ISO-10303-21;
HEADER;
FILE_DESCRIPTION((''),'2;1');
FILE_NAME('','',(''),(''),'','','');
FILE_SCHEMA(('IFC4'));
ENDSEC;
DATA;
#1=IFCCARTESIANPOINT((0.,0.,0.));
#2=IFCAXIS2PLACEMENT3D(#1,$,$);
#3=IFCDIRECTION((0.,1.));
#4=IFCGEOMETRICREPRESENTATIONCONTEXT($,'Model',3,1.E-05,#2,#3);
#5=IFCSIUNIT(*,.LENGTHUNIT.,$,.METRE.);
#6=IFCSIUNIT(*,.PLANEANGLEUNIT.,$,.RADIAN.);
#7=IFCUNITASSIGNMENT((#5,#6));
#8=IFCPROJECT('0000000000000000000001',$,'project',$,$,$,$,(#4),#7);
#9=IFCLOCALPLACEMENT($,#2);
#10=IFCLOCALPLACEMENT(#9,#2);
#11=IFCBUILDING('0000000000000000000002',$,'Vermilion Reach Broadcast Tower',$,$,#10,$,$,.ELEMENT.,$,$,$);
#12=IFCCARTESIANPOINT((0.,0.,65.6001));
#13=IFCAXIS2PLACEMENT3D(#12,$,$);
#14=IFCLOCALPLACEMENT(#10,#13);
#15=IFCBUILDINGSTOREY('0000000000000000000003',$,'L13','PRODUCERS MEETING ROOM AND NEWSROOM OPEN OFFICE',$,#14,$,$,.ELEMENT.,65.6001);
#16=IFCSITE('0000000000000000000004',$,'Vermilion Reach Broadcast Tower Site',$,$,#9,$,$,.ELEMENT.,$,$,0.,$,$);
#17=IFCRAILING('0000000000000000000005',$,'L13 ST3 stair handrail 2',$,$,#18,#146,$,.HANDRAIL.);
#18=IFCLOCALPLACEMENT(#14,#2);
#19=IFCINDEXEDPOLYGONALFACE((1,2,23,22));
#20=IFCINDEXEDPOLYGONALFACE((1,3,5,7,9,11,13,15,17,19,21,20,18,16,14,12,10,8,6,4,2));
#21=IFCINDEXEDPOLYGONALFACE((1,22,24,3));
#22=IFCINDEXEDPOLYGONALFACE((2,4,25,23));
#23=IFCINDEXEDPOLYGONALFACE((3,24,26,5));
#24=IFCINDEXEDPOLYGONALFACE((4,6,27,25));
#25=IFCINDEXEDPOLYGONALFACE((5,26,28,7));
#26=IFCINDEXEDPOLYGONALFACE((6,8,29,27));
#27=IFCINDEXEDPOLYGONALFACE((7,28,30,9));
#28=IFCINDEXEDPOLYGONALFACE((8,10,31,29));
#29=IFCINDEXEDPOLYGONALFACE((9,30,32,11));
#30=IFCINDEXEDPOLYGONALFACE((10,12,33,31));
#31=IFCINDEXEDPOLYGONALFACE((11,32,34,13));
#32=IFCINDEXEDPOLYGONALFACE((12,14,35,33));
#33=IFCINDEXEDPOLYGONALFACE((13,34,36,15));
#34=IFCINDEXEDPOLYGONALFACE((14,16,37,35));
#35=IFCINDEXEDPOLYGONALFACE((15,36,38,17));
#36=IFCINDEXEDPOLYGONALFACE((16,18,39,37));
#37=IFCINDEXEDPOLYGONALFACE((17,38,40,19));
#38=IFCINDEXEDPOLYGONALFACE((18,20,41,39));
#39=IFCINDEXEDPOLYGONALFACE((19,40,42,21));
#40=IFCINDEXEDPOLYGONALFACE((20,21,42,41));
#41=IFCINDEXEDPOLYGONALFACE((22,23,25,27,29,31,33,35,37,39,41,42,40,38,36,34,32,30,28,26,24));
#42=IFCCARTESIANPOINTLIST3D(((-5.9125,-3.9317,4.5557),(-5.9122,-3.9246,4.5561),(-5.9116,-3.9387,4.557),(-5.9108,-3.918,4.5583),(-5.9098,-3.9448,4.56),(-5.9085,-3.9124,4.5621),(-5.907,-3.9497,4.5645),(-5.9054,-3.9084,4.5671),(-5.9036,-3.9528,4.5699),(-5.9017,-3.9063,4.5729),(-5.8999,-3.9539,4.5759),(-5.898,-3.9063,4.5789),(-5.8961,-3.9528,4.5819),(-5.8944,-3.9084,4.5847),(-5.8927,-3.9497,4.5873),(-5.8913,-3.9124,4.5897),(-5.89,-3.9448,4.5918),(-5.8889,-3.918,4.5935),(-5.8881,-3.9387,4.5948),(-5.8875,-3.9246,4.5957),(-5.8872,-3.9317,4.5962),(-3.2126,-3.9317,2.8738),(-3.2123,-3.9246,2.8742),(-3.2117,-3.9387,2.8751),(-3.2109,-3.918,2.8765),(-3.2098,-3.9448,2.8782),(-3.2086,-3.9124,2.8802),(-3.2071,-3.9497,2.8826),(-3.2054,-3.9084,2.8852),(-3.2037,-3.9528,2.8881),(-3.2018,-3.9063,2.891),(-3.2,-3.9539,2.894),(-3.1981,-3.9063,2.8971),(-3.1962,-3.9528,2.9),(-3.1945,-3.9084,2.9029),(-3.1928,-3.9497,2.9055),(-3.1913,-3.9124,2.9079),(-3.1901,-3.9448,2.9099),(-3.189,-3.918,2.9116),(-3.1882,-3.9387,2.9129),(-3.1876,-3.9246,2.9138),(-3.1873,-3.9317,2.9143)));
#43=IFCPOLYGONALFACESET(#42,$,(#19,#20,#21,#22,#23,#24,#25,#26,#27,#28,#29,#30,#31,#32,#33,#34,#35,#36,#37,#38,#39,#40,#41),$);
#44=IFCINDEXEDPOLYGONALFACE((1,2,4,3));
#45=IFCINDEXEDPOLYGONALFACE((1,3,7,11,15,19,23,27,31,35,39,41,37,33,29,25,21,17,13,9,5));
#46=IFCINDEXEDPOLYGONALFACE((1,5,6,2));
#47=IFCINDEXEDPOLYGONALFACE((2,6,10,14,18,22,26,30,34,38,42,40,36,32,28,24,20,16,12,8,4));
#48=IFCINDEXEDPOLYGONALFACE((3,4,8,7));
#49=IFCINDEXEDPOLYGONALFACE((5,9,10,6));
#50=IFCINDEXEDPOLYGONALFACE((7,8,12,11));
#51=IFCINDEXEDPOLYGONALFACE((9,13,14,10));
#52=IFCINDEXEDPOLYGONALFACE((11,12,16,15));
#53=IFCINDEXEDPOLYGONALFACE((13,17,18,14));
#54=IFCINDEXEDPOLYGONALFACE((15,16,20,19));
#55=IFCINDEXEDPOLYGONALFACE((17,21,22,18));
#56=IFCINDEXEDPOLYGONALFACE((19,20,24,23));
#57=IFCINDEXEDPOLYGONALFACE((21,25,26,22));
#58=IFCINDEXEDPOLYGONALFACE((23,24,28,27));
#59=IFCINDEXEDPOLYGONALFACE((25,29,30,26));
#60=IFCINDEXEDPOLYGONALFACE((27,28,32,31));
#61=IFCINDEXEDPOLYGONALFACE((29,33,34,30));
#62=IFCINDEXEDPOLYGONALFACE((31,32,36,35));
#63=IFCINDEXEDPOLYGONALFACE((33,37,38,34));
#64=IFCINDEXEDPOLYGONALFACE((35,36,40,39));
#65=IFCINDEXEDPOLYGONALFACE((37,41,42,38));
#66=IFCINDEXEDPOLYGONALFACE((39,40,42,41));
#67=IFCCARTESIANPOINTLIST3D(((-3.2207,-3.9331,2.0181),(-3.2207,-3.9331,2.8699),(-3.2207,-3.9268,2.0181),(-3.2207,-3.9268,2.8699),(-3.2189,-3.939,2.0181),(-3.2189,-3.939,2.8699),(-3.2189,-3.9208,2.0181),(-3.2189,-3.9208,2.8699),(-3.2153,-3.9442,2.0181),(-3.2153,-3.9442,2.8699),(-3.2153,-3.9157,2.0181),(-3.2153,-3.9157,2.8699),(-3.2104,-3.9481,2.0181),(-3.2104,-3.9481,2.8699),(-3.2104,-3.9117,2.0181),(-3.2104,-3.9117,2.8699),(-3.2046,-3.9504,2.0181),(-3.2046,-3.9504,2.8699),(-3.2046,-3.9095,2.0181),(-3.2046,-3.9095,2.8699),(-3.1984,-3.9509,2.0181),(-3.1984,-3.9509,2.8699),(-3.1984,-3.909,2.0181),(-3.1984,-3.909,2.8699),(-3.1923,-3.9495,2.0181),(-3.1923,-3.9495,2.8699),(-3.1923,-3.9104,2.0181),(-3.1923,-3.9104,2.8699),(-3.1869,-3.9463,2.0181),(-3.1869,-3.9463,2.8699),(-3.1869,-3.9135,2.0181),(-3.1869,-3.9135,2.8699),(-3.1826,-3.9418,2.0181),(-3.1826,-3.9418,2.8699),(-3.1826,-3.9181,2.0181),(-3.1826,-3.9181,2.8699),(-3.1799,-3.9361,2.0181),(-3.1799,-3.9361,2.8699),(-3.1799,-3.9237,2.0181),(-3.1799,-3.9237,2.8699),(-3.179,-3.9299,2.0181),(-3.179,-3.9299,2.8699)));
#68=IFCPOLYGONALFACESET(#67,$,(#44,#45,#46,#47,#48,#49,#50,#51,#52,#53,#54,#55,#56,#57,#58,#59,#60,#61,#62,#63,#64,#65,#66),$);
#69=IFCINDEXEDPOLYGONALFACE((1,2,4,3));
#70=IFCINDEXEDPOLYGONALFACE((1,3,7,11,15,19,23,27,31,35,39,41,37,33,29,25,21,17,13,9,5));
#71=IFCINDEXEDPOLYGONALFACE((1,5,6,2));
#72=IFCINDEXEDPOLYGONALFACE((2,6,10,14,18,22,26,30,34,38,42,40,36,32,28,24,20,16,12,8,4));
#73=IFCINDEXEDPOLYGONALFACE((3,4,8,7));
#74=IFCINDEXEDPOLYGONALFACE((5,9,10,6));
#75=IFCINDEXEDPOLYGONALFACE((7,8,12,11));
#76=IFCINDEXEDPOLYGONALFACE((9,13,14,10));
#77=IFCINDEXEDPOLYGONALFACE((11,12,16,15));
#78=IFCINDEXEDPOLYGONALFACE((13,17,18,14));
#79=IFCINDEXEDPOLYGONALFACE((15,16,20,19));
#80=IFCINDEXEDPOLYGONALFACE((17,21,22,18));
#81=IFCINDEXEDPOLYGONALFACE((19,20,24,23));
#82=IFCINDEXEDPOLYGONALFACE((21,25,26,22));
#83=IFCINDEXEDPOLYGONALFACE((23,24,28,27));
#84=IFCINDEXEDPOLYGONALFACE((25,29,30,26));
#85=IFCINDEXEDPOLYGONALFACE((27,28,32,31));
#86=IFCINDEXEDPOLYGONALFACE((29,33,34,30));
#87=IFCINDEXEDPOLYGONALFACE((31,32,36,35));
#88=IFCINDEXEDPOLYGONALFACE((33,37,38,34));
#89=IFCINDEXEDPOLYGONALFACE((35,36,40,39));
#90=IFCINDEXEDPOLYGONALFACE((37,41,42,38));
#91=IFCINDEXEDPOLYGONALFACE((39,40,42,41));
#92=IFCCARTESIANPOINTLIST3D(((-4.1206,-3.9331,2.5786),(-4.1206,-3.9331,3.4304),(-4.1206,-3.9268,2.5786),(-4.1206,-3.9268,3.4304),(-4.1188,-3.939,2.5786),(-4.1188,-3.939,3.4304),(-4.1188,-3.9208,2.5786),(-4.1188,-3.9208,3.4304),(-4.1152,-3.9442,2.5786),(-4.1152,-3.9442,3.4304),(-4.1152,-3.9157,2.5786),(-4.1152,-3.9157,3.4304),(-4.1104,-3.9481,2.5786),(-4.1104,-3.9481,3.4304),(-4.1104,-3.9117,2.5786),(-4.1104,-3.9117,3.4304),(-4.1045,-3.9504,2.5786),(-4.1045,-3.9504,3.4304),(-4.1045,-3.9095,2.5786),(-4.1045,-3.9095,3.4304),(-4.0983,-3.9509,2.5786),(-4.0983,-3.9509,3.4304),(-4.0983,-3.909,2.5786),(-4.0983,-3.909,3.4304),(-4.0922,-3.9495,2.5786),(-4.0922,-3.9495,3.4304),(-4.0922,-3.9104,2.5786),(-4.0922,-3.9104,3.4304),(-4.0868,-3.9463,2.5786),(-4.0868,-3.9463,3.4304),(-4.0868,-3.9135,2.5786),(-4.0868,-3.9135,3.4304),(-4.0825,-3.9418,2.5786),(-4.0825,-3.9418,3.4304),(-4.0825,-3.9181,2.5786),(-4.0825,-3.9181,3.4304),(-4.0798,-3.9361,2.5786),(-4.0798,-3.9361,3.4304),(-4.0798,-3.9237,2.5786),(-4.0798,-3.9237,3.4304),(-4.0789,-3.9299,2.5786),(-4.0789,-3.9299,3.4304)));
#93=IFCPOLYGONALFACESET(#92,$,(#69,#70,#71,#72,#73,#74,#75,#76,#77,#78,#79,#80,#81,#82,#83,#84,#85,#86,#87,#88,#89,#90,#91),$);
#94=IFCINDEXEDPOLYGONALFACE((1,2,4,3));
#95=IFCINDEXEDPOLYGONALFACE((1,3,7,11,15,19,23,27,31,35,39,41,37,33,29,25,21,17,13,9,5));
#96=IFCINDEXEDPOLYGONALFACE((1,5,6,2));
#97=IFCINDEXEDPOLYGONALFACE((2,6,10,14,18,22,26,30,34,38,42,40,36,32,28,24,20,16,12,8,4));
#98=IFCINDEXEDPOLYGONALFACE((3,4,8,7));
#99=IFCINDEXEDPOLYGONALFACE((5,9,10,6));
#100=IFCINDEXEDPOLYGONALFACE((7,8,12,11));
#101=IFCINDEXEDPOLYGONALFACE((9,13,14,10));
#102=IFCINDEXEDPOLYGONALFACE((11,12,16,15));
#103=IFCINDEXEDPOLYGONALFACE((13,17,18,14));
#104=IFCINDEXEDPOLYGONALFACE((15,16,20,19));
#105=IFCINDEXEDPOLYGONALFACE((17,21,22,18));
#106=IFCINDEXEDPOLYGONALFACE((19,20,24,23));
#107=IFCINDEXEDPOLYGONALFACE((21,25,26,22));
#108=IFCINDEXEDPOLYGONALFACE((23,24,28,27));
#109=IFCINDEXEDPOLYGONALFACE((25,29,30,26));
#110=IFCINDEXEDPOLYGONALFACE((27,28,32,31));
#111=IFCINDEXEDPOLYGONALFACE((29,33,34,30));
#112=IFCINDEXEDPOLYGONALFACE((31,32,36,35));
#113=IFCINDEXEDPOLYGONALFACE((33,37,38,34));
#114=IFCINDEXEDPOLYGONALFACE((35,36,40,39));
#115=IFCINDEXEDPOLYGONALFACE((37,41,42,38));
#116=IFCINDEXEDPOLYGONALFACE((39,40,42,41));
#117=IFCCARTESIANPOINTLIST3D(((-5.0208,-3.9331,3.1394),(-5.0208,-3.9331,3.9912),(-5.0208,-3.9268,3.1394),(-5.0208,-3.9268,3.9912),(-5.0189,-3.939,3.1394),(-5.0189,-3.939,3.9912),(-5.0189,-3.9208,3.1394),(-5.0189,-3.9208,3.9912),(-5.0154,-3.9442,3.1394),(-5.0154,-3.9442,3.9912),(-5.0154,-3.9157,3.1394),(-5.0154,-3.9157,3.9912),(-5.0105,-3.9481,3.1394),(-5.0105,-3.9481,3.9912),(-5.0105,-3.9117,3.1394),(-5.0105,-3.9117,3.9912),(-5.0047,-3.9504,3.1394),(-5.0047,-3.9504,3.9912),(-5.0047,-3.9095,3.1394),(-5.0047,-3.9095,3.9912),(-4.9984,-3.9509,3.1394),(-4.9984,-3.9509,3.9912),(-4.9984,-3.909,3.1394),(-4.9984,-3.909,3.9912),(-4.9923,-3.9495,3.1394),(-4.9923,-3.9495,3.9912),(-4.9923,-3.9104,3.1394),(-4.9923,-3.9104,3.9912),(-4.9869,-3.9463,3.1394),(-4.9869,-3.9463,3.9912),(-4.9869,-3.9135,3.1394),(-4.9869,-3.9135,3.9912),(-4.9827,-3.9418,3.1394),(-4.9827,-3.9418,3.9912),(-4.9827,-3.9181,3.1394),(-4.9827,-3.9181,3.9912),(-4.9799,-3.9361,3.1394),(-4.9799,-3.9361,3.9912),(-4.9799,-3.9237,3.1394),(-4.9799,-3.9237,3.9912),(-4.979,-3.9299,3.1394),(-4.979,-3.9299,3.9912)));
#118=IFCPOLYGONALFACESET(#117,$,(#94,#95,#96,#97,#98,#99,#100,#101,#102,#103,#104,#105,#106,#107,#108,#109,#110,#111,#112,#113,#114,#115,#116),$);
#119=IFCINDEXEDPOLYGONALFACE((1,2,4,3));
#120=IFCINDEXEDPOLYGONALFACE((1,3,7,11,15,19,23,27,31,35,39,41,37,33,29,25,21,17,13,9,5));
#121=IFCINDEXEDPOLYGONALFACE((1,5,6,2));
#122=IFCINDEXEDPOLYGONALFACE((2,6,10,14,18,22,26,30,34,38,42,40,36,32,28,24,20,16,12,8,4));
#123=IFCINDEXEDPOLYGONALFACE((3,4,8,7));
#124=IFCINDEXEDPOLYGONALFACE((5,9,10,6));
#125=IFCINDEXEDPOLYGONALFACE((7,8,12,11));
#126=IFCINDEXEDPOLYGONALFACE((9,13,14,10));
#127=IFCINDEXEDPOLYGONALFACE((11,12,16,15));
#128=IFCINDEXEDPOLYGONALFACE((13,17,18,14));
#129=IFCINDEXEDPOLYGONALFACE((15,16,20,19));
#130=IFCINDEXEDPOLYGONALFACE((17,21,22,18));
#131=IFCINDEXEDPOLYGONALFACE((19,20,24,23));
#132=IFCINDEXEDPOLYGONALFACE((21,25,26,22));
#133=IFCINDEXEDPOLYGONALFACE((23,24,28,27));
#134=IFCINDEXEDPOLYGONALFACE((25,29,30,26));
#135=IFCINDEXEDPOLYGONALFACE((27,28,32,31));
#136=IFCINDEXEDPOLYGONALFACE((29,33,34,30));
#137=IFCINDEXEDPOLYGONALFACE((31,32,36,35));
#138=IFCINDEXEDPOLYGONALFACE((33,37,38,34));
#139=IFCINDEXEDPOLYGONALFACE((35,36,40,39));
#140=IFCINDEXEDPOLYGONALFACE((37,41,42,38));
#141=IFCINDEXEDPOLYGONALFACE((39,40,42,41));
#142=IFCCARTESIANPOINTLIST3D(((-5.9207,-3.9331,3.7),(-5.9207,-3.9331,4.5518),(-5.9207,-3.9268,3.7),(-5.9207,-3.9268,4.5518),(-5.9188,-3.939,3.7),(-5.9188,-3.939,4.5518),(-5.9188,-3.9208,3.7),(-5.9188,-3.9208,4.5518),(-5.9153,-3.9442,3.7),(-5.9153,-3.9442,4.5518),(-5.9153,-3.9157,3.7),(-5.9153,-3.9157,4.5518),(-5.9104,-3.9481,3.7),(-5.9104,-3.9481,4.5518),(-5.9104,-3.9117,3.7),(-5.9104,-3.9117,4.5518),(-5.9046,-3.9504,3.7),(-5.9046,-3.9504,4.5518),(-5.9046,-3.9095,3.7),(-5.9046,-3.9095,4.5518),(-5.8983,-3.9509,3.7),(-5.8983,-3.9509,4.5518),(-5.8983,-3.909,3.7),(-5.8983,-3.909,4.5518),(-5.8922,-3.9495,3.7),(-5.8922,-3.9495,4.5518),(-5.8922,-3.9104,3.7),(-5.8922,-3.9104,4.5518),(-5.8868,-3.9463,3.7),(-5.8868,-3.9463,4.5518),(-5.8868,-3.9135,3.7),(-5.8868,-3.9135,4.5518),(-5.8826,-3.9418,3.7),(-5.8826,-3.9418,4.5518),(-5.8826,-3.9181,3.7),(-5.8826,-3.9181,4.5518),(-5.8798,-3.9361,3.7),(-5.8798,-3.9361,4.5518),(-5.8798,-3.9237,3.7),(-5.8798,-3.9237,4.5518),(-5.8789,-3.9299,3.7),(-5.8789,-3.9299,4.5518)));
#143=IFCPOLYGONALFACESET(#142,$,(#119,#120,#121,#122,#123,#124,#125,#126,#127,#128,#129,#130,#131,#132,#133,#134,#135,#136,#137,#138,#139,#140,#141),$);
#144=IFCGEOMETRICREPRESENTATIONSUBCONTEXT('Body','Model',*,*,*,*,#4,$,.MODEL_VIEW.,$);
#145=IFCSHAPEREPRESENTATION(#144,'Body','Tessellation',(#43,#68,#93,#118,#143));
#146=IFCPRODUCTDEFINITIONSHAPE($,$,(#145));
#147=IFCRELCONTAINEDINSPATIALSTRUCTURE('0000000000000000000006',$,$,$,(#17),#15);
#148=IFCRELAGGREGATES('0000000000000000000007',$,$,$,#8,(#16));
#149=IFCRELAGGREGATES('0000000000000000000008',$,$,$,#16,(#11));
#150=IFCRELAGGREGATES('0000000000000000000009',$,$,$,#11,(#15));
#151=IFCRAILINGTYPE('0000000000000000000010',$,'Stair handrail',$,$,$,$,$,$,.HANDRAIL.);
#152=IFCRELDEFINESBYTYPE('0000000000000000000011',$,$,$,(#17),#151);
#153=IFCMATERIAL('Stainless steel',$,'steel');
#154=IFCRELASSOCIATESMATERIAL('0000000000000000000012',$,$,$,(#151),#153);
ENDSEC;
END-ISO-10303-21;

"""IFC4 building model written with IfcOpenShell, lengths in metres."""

from ifc_helpers import new_model, si_unit, direction, frame, origin, origin_2d, place, context, subcontext, project, spatial, circle, extrude, material, type_object, element, save


model = new_model("IFC4")

# Units and contexts
model_context = context("Model", 3, precision=1e-05, world=origin(), true_north=direction((0.0, 1.0)))
body_context = subcontext(model_context, "Body", "Model", "MODEL_VIEW")
ifc_project = project(units=[si_unit("LENGTHUNIT", "METRE"), si_unit("PLANEANGLEUNIT", "RADIAN")], contexts=[model_context])

# Site, building, storey
site_placement = place(None, origin())
site = spatial("IfcSite", under=ifc_project, at=site_placement, Name="Vermilion Reach Broadcast Tower Site", CompositionType="ELEMENT", RefElevation=0.0)
building_placement = place(site_placement, origin())
building = spatial("IfcBuilding", under=site, at=building_placement, Name="Vermilion Reach Broadcast Tower", CompositionType="ELEMENT")
storey_placement = place(building_placement, frame((0.0, 0.0, 65.6001)))
storey = spatial("IfcBuildingStorey", under=building, at=storey_placement, Name="L13", Description="PRODUCERS MEETING ROOM AND NEWSROOM OPEN OFFICE", CompositionType="ELEMENT", Elevation=65.6001)

# Railing
ifc_material_1 = material(Name="Stainless steel", Category="steel")
railing_type_1 = type_object("IfcRailingType", Name="Stair handrail", PredefinedType="HANDRAIL", material=ifc_material_1)
railing_1_placement = place(storey_placement, frame((-3.2, -3.9299, 2.0181)))
element("IfcRailing", 1, at=railing_1_placement, inside=storey, type_object=railing_type_1, Name="L13 ST3 stair handrail 2", PredefinedType="HANDRAIL", context=body_context, shape_type="SweptSolid", body=[
    extrude(circle(Radius=0.0239, at=origin_2d()), frame((0.0, 0.0, 0.876), z_axis=(-0.848786, 0.0, 0.528736), x_axis=(0.0, -1.0, 0.0)), (0.0, 0.0, 1.0), 3.1809),
    extrude(circle(Radius=0.021, at=origin_2d()), origin(), (0.0, 0.0, 1.0), 0.8518),
    extrude(circle(Radius=0.021, at=origin_2d()), frame((-0.8999, 0.0, 0.5605)), (0.0, 0.0, 1.0), 0.8518),
    extrude(circle(Radius=0.021, at=origin_2d()), frame((-1.8, 0.0, 1.1213)), (0.0, 0.0, 1.0), 0.8518),
    extrude(circle(Radius=0.021, at=origin_2d()), frame((-2.7, 0.0, 1.6819)), (0.0, 0.0, 1.0), 0.8518),
])

save(model, "model.ifc")
